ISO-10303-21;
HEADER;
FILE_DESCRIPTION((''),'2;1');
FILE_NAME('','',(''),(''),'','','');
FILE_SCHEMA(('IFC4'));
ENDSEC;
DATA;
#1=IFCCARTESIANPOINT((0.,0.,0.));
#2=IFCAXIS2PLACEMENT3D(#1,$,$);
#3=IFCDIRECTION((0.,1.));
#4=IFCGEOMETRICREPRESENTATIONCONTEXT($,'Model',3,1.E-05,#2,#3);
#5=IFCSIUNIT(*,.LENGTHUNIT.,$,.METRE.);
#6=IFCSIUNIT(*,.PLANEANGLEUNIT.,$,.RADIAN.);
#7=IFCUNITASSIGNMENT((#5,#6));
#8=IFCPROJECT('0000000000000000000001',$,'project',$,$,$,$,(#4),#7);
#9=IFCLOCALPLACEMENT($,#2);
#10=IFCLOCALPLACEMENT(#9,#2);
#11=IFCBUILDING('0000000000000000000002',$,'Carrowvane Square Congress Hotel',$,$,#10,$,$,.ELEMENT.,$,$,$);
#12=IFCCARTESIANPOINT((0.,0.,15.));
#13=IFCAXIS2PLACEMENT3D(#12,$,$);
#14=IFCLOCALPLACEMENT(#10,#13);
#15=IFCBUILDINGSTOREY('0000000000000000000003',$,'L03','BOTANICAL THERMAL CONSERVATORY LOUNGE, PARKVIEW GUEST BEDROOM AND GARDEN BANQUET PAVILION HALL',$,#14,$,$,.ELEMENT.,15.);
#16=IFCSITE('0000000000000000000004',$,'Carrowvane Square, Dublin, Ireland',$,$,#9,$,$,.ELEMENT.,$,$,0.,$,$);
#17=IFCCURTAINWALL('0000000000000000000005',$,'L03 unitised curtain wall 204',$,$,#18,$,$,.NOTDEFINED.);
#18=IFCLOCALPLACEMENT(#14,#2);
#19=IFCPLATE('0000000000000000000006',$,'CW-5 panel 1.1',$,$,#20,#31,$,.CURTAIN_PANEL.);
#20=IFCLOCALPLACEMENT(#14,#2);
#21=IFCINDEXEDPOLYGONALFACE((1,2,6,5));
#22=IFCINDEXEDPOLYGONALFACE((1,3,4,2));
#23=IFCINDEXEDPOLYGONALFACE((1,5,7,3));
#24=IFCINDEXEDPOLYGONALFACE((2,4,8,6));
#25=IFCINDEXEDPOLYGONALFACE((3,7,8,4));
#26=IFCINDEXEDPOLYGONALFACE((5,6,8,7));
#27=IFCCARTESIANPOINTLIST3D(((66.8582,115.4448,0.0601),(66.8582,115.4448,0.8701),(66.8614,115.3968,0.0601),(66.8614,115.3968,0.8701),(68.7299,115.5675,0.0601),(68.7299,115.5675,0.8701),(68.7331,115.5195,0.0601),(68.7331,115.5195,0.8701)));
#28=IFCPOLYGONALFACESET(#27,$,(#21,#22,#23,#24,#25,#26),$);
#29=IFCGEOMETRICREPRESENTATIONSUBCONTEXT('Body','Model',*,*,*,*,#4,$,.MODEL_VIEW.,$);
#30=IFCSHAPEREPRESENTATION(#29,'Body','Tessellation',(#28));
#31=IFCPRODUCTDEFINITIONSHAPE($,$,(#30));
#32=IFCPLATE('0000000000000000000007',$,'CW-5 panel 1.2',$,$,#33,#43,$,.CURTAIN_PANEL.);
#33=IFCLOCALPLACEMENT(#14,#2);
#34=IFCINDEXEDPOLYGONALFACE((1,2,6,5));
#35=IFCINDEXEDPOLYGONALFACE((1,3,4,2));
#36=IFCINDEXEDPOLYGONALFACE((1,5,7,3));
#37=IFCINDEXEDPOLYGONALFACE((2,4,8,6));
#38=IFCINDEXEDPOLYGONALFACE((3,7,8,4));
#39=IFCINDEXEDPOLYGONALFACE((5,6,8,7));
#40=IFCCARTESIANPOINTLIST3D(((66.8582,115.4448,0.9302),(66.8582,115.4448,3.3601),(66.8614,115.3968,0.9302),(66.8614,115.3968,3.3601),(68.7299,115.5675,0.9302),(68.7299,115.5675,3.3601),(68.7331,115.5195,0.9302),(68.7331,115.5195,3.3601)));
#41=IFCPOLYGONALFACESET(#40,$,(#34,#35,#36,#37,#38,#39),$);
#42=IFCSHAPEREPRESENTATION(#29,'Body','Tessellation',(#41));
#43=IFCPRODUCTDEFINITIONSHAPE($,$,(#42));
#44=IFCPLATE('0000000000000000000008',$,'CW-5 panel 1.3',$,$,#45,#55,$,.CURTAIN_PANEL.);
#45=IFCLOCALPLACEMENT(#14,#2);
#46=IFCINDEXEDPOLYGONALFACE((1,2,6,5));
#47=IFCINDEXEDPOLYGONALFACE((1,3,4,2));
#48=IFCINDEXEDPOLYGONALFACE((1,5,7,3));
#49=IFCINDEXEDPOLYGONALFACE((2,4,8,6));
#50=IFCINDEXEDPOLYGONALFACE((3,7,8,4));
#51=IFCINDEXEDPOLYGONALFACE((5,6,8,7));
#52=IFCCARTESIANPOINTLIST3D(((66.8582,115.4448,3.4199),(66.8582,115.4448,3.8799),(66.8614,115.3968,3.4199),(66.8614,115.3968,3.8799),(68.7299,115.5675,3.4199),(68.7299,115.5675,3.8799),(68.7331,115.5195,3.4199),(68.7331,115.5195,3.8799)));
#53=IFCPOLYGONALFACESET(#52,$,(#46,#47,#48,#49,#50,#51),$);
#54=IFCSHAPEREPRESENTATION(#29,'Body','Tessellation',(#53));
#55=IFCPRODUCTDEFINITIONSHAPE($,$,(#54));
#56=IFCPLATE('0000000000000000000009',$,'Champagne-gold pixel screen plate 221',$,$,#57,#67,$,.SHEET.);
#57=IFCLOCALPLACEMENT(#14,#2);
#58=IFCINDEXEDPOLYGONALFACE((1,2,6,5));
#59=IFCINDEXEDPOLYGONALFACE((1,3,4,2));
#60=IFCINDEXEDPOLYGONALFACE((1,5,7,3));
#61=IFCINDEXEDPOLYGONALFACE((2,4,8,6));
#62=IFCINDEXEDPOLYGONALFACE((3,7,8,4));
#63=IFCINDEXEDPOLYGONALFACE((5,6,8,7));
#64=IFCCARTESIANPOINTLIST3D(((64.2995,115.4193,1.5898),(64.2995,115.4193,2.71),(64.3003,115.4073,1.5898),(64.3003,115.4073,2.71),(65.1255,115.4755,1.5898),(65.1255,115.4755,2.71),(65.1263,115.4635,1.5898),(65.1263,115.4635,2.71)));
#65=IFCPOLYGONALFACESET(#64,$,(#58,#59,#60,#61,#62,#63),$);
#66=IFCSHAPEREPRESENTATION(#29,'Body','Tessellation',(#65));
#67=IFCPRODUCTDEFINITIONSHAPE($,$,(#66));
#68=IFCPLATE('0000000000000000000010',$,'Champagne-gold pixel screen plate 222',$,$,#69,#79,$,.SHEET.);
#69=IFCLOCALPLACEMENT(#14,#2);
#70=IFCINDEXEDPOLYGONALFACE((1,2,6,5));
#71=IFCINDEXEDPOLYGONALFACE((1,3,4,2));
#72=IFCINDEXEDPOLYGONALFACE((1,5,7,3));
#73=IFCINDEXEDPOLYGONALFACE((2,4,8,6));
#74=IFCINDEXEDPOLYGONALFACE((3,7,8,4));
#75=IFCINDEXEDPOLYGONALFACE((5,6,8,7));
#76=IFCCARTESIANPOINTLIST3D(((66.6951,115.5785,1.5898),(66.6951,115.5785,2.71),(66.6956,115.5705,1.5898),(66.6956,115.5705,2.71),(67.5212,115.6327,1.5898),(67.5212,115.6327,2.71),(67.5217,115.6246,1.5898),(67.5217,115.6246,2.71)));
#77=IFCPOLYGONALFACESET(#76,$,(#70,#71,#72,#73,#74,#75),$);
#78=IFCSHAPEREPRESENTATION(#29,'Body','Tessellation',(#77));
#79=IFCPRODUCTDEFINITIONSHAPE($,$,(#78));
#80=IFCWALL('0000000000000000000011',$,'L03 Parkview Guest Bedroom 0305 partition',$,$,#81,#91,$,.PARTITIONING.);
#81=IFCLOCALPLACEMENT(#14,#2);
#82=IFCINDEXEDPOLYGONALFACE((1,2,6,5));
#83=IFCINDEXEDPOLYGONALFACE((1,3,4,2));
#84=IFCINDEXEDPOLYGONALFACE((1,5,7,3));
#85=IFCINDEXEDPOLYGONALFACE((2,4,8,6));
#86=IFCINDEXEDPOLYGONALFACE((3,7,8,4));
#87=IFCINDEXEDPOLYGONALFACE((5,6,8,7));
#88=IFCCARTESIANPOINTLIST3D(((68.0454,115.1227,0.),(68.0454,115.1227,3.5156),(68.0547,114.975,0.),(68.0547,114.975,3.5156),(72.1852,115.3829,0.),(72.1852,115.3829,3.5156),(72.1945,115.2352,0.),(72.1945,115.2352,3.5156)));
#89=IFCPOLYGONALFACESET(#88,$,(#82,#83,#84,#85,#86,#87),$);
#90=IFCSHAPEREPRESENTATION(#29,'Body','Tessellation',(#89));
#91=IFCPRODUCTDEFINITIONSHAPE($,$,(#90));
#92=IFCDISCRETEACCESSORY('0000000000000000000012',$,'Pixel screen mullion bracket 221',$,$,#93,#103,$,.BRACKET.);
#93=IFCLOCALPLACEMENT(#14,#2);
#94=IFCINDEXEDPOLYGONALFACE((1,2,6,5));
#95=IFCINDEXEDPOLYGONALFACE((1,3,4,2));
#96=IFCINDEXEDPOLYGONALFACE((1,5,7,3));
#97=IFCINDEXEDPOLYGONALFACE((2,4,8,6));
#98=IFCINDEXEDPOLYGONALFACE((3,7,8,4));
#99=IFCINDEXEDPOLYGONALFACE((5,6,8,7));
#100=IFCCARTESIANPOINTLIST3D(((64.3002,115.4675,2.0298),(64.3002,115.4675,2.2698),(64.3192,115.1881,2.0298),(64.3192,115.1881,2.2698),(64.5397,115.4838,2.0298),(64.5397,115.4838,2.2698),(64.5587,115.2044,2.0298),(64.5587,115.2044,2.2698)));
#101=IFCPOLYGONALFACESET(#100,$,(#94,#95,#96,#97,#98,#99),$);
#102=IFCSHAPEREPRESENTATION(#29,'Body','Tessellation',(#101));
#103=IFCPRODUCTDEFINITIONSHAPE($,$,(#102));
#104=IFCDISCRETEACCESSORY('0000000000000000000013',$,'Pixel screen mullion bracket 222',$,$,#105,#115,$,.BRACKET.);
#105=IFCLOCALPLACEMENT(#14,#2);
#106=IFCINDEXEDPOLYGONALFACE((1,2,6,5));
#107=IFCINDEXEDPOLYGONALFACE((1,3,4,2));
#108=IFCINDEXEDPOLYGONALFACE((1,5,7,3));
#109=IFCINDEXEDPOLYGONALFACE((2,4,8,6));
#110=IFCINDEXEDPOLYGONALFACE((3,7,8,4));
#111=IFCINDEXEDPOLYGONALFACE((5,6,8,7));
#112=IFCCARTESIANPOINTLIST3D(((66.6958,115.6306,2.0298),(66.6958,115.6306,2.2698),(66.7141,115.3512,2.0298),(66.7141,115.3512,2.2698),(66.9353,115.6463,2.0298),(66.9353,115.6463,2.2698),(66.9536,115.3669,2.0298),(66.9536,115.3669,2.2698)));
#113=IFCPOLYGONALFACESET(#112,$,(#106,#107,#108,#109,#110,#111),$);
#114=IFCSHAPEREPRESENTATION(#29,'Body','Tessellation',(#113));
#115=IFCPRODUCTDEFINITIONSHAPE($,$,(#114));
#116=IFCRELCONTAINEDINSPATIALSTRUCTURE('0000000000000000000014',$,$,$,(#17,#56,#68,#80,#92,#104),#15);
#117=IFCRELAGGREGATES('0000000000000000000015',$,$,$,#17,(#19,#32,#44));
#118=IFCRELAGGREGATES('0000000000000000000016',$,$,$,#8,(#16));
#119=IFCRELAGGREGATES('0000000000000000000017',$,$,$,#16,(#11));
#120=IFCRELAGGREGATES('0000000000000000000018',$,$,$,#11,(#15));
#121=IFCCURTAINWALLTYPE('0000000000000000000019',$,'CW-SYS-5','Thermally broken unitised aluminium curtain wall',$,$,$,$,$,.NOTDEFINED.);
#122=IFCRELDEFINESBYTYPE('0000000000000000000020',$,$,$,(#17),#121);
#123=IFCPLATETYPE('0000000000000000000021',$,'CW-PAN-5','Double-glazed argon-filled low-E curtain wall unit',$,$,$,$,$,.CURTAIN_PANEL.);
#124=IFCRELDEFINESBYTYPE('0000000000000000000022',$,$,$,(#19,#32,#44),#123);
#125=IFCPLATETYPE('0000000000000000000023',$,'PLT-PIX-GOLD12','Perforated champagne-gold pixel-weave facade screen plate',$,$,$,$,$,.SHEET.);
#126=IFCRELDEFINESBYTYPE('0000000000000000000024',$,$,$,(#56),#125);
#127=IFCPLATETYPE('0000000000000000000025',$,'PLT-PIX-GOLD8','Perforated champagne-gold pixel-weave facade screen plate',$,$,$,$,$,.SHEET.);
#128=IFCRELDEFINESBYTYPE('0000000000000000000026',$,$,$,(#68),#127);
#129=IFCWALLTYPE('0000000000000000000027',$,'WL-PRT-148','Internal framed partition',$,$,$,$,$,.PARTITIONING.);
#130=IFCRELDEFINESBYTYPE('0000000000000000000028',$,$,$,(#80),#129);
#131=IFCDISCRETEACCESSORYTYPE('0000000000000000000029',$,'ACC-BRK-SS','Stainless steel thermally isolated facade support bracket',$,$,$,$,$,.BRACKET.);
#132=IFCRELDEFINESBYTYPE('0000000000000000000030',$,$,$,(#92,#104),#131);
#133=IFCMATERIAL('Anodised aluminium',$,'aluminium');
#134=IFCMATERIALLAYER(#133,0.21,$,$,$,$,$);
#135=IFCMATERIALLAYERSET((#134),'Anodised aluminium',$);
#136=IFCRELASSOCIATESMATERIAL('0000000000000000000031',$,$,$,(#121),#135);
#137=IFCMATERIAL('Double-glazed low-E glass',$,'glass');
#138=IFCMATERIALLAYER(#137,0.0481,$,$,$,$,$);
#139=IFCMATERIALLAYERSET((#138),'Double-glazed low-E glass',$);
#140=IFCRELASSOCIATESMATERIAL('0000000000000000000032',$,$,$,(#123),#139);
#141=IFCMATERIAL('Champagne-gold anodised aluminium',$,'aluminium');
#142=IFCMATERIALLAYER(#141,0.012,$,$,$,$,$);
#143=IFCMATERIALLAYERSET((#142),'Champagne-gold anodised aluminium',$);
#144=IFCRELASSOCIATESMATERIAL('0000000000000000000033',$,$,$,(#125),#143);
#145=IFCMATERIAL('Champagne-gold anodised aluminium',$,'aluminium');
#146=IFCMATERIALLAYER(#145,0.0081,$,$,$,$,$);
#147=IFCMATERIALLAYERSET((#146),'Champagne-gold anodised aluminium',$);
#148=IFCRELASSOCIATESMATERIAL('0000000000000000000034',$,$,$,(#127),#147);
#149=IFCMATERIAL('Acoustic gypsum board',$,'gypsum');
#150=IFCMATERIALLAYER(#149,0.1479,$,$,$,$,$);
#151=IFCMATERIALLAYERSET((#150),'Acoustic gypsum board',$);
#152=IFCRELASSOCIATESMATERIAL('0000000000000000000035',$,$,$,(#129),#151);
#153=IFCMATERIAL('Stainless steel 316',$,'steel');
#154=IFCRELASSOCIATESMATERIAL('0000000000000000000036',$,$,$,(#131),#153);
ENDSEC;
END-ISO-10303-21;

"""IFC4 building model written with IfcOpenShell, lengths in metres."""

from ifc_helpers import new_model, si_unit, direction, frame, frame_2d, origin, origin_2d, place, context, subcontext, project, spatial, rectangle, extrude, material, layer, layer_set, type_object, element, aggregate, save


model = new_model("IFC4")

# Units and contexts
model_context = context("Model", 3, precision=1e-05, world=origin(), true_north=direction((0.0, 1.0)))
body_context = subcontext(model_context, "Body", "Model", "MODEL_VIEW")
ifc_project = project(units=[si_unit("LENGTHUNIT", "METRE"), si_unit("PLANEANGLEUNIT", "RADIAN")], contexts=[model_context])

# Site, building, storey
site_placement = place(None, origin())
site = spatial("IfcSite", under=ifc_project, at=site_placement, Name="Carrowvane Square, Dublin, Ireland", CompositionType="ELEMENT", RefElevation=0.0)
building_placement = place(site_placement, origin())
building = spatial("IfcBuilding", under=site, at=building_placement, Name="Carrowvane Square Congress Hotel", CompositionType="ELEMENT")
storey_placement = place(building_placement, frame((0.0, 0.0, 15.0)))
storey = spatial("IfcBuildingStorey", under=building, at=storey_placement, Name="L03", Description="BOTANICAL THERMAL CONSERVATORY LOUNGE, PARKVIEW GUEST BEDROOM AND GARDEN BANQUET PAVILION HALL", CompositionType="ELEMENT", Elevation=15.0)

# Curtain wall
ifc_material_1 = material(Name="Anodised aluminium", Category="aluminium")
ifc_layer_1 = layer(ifc_material_1, 0.21)
ifc_layer_set_1 = layer_set([ifc_layer_1], Name="Anodised aluminium")
curtain_wall_type_1 = type_object("IfcCurtainWallType", Name="CW-SYS-5", Description="Thermally broken unitised aluminium curtain wall", PredefinedType="NOTDEFINED", material=ifc_layer_set_1)
curtain_wall_1_placement = place(storey_placement, origin())
curtain_wall_1 = element("IfcCurtainWall", 1, at=curtain_wall_1_placement, inside=storey, type_object=curtain_wall_type_1, Name="L03 unitised curtain wall 204", PredefinedType="NOTDEFINED")

# Plates
ifc_material_2 = material(Name="Double-glazed low-E glass", Category="glass")
ifc_layer_2 = layer(ifc_material_2, 0.0481)
ifc_layer_set_2 = layer_set([ifc_layer_2], Name="Double-glazed low-E glass")
plate_type_1 = type_object("IfcPlateType", Name="CW-PAN-5", Description="Double-glazed argon-filled low-E curtain wall unit", PredefinedType="CURTAIN_PANEL", material=ifc_layer_set_2)
plate_1_placement = place(storey_placement, frame((67.7957, 115.4822, 0.0601), z_axis=(0.0, 0.0, 1.0), x_axis=(0.997858, 0.065412, 0.0)))
plate_1 = element("IfcPlate", 2, at=plate_1_placement, type_object=plate_type_1, Name="CW-5 panel 1.1", PredefinedType="CURTAIN_PANEL", context=body_context, shape_type="SweptSolid", body=[
    extrude(rectangle(XDim=1.8757, YDim=0.0481, at=origin_2d()), origin(), (0.0, 0.0, 1.0), 0.8101),
])
plate_2_placement = place(storey_placement, frame((67.7957, 115.4822, 0.9302), z_axis=(0.0, 0.0, 1.0), x_axis=(0.997858, 0.065412, 0.0)))
plate_2 = element("IfcPlate", 3, at=plate_2_placement, type_object=plate_type_1, Name="CW-5 panel 1.2", PredefinedType="CURTAIN_PANEL", context=body_context, shape_type="SweptSolid", body=[
    extrude(rectangle(XDim=1.8757, YDim=0.0481, at=origin_2d()), origin(), (0.0, 0.0, 1.0), 2.4299),
])
plate_3_placement = place(storey_placement, frame((67.7957, 115.4822, 3.4199), z_axis=(0.0, 0.0, 1.0), x_axis=(0.997858, 0.065412, 0.0)))
plate_3 = element("IfcPlate", 4, at=plate_3_placement, type_object=plate_type_1, Name="CW-5 panel 1.3", PredefinedType="CURTAIN_PANEL", context=body_context, shape_type="SweptSolid", body=[
    extrude(rectangle(XDim=1.8757, YDim=0.0481, at=origin_2d()), origin(), (0.0, 0.0, 1.0), 0.46),
])
aggregate(curtain_wall_1, [plate_1, plate_2, plate_3])

# Plates
ifc_material_3 = material(Name="Champagne-gold anodised aluminium", Category="aluminium")
ifc_layer_3 = layer(ifc_material_3, 0.012)
ifc_layer_set_3 = layer_set([ifc_layer_3], Name="Champagne-gold anodised aluminium")
plate_type_2 = type_object("IfcPlateType", Name="PLT-PIX-GOLD12", Description="Perforated champagne-gold pixel-weave facade screen plate", PredefinedType="SHEET", material=ifc_layer_set_3)
plate_4_placement = place(storey_placement, frame((64.7129, 115.4414, 1.5898), z_axis=(0.0, 0.0, 1.0), x_axis=(0.997694, 0.067866, 0.0)))
element("IfcPlate", 5, at=plate_4_placement, inside=storey, type_object=plate_type_2, Name="Champagne-gold pixel screen plate 221", PredefinedType="SHEET", context=body_context, shape_type="SweptSolid", body=[
    extrude(rectangle(XDim=0.8279, YDim=0.012, at=origin_2d()), origin(), (0.0, 0.0, 1.0), 1.1201),
])
ifc_material_4 = material(Name="Champagne-gold anodised aluminium", Category="aluminium")
ifc_layer_4 = layer(ifc_material_4, 0.0081)
ifc_layer_set_4 = layer_set([ifc_layer_4], Name="Champagne-gold anodised aluminium")
plate_type_3 = type_object("IfcPlateType", Name="PLT-PIX-GOLD8", Description="Perforated champagne-gold pixel-weave facade screen plate", PredefinedType="SHEET", material=ifc_layer_set_4)
plate_5_placement = place(storey_placement, frame((67.1084, 115.6016, 1.5898), z_axis=(0.0, 0.0, 1.0), x_axis=(0.997858, 0.065413, 0.0)))
element("IfcPlate", 6, at=plate_5_placement, inside=storey, type_object=plate_type_3, Name="Champagne-gold pixel screen plate 222", PredefinedType="SHEET", context=body_context, shape_type="SweptSolid", body=[
    extrude(rectangle(XDim=0.8279, YDim=0.0081, at=origin_2d()), origin(), (0.0, 0.0, 1.0), 1.1201),
])

# Wall
ifc_material_5 = material(Name="Acoustic gypsum board", Category="gypsum")
ifc_layer_5 = layer(ifc_material_5, 0.1479)
ifc_layer_set_5 = layer_set([ifc_layer_5], Name="Acoustic gypsum board")
wall_type = type_object("IfcWallType", Name="WL-PRT-148", Description="Internal framed partition", PredefinedType="PARTITIONING", material=ifc_layer_set_5)
wall_placement = place(storey_placement, frame((68.05, 115.0488, 0.0), z_axis=(0.0, 0.0, 1.0), x_axis=(0.99803, 0.062741, 0.0)))
element("IfcWall", 7, at=wall_placement, inside=storey, type_object=wall_type, Name="L03 Parkview Guest Bedroom 0305 partition", PredefinedType="PARTITIONING", context=body_context, shape_type="SweptSolid", body=[
    extrude(rectangle(XDim=4.1479, YDim=0.1479, at=frame_2d((2.074, 0.0))), origin(), (0.0, 0.0, 1.0), 3.5156),
])

# Discrete accessories
ifc_material_6 = material(Name="Stainless steel 316", Category="steel")
discrete_accessory_type = type_object("IfcDiscreteAccessoryType", Name="ACC-BRK-SS", Description="Stainless steel thermally isolated facade support bracket", PredefinedType="BRACKET", material=ifc_material_6)
for number, where, z_axis, x_axis, name in (
    (8, (64.4294, 115.3359, 2.0298), (0.0, 0.0, 1.0), (0.997694, 0.067866, 0.0), "Pixel screen mullion bracket 221"),
    (9, (66.8247, 115.4988, 2.0298), (0.0, 0.0, 1.0), (0.997858, 0.065413, 0.0), "Pixel screen mullion bracket 222"),
):
    element("IfcDiscreteAccessory", number, at=place(storey_placement, frame(where, z_axis=z_axis, x_axis=x_axis)), inside=storey, type_object=discrete_accessory_type, Name=name, PredefinedType="BRACKET", context=body_context, shape_type="SweptSolid", body=[
        extrude(rectangle(XDim=0.24, YDim=0.28, at=origin_2d()), origin(), (0.0, 0.0, 1.0), 0.24),
    ])

save(model, "model.ifc")
